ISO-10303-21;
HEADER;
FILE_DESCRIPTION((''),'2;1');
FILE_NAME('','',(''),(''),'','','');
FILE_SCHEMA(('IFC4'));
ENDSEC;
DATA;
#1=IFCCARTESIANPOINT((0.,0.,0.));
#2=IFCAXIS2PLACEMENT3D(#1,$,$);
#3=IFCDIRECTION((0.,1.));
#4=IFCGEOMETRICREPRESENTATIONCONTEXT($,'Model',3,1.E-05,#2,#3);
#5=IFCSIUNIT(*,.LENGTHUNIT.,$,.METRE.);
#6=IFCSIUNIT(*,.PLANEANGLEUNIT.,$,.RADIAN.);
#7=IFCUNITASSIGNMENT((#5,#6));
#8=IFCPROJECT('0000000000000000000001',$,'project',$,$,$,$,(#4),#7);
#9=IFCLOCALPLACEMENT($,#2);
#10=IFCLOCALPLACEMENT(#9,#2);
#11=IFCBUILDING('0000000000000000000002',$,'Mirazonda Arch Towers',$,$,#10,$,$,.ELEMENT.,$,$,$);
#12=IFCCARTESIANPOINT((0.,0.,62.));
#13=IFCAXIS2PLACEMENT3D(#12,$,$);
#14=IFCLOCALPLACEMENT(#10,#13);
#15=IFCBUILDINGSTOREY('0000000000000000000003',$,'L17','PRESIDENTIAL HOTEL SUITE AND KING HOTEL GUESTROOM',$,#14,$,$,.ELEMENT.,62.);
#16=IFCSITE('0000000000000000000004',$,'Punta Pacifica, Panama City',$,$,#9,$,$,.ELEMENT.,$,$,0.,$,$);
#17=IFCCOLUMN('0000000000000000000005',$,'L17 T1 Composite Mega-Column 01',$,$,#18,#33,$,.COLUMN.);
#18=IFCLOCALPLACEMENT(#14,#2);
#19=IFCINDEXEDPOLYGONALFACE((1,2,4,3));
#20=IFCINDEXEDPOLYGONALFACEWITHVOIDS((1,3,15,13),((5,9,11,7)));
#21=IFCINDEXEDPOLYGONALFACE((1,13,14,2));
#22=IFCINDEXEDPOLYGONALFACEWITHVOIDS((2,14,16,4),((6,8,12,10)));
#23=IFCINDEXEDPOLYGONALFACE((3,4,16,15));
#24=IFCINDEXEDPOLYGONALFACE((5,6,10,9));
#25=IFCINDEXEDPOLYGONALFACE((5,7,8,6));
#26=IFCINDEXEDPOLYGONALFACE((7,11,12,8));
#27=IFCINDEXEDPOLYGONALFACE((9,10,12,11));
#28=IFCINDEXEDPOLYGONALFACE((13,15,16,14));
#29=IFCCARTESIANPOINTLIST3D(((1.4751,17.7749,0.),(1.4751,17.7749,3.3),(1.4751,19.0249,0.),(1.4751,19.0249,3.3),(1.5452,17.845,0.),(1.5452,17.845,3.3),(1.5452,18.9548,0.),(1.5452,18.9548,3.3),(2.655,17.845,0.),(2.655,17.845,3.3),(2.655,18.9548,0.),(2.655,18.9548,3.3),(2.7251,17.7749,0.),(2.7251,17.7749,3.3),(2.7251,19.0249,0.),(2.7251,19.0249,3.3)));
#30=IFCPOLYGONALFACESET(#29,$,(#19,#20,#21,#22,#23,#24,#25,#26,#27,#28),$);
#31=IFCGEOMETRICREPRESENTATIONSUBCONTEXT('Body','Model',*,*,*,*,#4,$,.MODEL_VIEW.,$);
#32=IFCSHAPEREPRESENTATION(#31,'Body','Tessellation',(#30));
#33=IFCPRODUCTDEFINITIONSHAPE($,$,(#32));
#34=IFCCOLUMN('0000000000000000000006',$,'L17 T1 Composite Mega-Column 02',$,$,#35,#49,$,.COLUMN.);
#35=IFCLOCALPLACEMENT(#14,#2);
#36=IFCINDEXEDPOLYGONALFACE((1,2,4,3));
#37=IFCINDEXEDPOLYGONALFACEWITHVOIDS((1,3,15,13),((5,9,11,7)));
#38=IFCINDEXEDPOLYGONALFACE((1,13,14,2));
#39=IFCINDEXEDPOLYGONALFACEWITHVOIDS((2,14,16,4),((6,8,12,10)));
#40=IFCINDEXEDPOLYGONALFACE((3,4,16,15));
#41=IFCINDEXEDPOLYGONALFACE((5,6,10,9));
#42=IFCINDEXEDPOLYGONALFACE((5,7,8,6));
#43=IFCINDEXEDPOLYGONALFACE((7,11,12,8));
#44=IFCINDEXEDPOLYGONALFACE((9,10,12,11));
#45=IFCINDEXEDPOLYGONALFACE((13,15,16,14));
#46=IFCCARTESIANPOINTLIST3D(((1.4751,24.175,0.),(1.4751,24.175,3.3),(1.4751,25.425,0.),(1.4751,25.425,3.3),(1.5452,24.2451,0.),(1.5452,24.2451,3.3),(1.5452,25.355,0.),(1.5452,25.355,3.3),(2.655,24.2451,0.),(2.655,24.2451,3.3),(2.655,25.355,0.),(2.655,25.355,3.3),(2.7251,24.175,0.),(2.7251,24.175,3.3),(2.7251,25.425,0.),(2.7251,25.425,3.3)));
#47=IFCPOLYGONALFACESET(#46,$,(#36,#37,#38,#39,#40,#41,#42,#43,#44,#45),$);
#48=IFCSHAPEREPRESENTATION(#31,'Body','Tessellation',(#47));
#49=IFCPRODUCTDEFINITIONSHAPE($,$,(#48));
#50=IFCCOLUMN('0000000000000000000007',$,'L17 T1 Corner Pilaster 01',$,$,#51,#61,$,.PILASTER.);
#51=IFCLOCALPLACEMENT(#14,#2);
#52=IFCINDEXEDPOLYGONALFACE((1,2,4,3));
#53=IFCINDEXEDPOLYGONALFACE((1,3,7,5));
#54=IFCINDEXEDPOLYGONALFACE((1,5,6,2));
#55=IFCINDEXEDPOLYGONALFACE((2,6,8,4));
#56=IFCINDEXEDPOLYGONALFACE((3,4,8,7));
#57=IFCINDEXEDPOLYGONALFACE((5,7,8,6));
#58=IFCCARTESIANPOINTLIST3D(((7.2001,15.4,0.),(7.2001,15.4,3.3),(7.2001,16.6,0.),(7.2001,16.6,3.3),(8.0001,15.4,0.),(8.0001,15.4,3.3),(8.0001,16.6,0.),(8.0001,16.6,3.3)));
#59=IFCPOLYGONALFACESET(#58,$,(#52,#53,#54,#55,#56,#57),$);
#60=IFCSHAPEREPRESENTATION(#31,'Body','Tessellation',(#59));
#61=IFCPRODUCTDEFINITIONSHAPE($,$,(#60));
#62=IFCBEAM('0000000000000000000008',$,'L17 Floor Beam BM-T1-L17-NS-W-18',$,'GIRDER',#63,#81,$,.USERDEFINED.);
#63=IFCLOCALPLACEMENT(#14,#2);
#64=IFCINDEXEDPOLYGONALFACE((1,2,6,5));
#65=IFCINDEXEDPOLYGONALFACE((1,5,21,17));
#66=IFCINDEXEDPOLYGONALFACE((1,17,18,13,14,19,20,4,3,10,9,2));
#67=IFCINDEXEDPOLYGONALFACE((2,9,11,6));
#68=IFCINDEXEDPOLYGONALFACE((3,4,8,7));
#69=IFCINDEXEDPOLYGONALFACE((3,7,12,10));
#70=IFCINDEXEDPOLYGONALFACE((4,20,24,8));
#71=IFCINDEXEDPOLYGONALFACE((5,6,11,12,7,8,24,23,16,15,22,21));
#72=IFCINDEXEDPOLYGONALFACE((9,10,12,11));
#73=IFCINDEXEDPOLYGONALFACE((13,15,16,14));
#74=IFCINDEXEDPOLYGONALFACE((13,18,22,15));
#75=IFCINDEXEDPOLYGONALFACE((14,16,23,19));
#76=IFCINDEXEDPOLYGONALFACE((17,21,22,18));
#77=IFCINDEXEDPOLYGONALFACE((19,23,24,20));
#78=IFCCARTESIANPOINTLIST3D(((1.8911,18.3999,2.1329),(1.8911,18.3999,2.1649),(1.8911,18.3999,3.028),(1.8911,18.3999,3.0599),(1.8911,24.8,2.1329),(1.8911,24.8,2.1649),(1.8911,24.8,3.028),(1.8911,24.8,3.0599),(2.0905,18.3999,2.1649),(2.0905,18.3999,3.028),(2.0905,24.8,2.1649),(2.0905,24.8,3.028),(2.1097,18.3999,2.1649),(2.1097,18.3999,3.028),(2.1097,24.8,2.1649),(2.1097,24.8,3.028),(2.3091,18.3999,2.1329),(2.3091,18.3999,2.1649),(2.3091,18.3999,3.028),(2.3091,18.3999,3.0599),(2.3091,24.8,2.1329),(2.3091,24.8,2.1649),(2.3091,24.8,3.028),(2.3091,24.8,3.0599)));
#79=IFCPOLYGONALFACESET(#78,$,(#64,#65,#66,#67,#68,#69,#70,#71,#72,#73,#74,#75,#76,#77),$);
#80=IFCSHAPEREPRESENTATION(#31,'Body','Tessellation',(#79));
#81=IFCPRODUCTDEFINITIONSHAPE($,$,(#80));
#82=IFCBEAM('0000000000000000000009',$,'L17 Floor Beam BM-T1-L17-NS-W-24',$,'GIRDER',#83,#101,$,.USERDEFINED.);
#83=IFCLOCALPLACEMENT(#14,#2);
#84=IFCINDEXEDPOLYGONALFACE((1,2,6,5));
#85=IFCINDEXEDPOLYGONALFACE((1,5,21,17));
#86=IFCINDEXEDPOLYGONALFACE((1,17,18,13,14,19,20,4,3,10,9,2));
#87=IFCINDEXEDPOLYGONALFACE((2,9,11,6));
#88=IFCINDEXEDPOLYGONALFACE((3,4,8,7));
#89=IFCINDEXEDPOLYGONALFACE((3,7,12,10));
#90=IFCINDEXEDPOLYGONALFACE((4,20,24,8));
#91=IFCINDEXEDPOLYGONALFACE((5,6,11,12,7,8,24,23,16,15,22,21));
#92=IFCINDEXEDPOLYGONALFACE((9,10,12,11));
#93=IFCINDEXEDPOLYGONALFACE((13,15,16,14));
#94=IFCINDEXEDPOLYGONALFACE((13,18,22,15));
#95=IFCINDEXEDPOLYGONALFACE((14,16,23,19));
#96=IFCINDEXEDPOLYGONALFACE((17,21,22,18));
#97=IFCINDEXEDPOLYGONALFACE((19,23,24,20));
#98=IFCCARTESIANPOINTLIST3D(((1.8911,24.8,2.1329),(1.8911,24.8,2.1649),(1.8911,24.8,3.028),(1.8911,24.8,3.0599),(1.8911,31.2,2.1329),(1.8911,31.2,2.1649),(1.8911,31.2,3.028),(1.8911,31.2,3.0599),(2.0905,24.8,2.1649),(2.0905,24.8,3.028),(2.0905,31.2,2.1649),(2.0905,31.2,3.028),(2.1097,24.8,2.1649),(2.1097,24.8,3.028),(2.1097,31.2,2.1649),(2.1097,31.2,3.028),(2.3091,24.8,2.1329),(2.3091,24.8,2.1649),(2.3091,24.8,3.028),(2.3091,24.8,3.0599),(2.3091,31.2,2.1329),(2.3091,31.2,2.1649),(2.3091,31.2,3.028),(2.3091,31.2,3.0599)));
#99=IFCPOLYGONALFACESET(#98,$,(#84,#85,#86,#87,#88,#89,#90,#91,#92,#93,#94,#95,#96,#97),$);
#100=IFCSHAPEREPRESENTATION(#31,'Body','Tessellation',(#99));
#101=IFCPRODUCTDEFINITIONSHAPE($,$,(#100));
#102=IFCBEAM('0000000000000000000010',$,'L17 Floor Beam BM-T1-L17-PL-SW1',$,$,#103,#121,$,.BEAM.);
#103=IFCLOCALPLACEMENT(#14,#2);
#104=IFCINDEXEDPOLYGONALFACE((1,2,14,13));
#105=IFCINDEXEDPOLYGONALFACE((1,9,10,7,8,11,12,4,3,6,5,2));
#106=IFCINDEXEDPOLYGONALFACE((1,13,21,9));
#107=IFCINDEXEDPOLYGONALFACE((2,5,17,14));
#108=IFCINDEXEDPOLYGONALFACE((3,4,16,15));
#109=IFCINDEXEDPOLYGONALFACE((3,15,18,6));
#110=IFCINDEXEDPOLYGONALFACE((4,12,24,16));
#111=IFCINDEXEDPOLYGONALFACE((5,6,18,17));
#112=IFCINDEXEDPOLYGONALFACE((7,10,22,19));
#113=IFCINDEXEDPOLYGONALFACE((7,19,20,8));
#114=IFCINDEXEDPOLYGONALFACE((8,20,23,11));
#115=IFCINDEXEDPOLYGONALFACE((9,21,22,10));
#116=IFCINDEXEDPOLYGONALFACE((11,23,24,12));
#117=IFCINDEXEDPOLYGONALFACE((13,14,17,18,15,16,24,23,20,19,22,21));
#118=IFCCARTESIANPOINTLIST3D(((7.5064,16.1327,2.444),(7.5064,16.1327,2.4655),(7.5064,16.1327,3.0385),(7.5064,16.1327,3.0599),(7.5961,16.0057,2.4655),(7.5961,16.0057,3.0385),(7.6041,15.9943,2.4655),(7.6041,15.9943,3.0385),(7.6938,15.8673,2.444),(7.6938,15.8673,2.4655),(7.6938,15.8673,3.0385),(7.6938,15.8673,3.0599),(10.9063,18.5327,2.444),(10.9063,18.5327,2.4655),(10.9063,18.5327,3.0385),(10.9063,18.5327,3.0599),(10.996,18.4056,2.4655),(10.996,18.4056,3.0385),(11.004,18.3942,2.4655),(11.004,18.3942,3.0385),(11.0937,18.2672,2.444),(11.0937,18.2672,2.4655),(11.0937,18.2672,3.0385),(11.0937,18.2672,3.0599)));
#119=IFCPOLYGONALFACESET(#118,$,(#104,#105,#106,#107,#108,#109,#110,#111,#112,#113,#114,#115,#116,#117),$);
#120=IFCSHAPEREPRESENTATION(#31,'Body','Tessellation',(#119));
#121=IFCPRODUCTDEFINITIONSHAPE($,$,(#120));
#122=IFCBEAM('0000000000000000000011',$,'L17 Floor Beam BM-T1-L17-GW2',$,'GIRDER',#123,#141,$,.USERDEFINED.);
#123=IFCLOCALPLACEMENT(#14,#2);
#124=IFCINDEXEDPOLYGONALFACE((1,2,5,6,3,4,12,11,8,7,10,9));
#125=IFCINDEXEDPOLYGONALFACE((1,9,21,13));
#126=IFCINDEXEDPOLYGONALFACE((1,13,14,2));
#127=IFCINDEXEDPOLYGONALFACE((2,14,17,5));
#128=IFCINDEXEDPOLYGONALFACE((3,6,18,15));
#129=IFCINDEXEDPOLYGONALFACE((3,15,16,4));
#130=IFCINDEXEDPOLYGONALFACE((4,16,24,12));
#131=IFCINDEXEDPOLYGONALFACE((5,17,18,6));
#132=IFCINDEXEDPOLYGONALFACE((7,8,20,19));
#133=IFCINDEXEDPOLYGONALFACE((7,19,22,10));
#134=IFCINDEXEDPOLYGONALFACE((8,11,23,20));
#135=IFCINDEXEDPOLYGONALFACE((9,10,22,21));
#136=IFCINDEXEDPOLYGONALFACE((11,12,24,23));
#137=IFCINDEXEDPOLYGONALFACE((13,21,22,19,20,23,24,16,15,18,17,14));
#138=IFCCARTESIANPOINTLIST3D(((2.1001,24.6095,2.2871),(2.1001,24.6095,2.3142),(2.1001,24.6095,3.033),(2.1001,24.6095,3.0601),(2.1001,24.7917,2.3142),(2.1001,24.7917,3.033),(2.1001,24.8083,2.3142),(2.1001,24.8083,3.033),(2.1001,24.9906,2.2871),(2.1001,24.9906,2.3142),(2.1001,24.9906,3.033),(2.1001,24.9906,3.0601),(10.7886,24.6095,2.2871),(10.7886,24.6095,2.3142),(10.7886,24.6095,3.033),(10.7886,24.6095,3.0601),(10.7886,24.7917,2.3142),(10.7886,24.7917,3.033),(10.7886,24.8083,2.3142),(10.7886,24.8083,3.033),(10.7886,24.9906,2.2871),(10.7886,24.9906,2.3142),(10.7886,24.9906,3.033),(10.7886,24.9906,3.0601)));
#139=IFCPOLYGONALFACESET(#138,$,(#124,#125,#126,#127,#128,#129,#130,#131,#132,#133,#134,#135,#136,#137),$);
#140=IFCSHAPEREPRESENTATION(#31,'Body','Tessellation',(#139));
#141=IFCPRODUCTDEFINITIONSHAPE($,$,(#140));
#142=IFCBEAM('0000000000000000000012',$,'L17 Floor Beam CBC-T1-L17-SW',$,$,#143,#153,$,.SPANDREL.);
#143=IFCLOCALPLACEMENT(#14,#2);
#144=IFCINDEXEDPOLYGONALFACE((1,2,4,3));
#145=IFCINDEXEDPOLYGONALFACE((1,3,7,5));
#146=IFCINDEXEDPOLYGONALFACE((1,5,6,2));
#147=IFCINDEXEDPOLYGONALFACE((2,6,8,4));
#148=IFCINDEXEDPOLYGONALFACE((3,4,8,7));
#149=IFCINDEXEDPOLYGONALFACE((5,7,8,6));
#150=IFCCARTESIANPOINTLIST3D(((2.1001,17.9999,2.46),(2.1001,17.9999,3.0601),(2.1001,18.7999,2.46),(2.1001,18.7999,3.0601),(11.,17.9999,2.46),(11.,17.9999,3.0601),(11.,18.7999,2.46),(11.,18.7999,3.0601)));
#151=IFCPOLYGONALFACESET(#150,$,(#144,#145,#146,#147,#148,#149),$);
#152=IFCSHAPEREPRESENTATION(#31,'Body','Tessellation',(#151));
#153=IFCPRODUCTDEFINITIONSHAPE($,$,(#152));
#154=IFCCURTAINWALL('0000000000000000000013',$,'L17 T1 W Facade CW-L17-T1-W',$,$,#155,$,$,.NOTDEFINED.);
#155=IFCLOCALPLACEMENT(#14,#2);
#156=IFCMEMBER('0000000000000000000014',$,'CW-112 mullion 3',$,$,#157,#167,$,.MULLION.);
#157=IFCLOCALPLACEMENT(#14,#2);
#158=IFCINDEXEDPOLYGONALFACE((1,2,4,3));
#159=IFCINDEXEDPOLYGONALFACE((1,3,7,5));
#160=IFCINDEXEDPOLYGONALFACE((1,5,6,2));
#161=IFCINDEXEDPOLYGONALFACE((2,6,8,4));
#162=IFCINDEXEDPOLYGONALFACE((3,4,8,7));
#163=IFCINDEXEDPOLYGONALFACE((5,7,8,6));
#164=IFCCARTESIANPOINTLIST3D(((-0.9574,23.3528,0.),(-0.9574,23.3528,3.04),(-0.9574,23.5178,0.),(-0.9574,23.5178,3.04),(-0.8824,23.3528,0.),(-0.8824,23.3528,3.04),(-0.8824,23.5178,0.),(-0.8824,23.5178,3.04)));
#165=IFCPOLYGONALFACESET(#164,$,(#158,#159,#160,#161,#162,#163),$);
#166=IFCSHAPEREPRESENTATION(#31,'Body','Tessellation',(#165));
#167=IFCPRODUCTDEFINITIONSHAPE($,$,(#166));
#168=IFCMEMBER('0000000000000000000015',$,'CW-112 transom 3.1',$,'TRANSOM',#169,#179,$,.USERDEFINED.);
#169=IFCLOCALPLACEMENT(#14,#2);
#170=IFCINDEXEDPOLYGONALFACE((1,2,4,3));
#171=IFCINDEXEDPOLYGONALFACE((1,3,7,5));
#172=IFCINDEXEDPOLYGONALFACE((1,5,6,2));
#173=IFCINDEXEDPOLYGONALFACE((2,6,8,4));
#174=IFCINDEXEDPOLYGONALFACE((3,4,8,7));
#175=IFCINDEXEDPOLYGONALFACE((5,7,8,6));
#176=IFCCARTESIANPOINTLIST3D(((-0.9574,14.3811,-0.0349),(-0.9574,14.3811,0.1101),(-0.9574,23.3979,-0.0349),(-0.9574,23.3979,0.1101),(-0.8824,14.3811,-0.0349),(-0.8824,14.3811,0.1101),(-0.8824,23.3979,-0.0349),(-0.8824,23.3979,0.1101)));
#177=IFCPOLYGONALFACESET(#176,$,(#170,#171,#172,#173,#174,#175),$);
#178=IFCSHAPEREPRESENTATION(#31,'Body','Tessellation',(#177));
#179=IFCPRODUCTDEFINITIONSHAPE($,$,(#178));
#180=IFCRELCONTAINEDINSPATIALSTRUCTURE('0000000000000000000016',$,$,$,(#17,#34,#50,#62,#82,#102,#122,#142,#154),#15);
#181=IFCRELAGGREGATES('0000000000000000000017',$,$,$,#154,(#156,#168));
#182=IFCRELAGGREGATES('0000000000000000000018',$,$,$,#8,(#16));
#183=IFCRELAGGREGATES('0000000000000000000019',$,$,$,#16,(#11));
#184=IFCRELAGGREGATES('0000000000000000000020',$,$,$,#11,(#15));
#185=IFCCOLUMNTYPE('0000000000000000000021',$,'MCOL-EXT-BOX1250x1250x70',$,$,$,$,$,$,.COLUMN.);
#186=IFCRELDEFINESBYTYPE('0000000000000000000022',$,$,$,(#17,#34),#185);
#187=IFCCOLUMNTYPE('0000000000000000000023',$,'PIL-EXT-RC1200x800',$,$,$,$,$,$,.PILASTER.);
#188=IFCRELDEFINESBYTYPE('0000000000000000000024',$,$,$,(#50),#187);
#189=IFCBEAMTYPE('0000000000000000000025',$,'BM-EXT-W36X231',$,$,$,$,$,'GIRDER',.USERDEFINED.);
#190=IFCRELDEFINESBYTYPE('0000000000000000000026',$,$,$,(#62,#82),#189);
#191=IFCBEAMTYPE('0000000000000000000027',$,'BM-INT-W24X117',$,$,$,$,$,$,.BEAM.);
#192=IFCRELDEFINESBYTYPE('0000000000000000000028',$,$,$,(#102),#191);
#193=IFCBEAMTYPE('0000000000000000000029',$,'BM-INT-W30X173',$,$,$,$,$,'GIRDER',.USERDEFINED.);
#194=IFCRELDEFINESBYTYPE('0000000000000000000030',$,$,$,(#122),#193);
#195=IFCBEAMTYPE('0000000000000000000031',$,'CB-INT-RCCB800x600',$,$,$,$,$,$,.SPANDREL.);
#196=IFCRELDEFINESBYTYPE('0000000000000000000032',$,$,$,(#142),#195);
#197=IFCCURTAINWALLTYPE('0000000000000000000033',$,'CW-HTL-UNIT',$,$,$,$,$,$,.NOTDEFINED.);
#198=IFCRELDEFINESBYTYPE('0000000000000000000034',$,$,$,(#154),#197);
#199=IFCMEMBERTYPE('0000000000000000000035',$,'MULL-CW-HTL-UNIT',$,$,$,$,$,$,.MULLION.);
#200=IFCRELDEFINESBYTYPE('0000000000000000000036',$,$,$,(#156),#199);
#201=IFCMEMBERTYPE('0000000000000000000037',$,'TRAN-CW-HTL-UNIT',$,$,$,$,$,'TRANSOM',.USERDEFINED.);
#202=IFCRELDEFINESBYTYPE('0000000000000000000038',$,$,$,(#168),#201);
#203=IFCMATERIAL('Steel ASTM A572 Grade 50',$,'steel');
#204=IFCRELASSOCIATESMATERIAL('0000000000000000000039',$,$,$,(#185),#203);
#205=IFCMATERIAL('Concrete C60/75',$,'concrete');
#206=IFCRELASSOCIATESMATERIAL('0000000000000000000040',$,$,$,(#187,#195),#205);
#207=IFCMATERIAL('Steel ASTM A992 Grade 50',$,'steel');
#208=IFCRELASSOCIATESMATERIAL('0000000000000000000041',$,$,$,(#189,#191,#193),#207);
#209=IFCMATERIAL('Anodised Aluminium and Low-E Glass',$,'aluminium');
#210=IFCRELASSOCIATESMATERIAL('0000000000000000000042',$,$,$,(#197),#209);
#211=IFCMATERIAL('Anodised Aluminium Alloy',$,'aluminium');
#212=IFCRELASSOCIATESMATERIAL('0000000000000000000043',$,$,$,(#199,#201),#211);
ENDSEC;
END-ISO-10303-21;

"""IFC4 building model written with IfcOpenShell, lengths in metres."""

from ifc_helpers import new_model, si_unit, direction, frame, origin, origin_2d, place, context, subcontext, project, spatial, rectangle, hollow_rectangle, i_section, extrude, material, material_profile, profile_set, type_object, element, aggregate, save


model = new_model("IFC4")

# Units and contexts
model_context = context("Model", 3, precision=1e-05, world=origin(), true_north=direction((0.0, 1.0)))
body_context = subcontext(model_context, "Body", "Model", "MODEL_VIEW")
ifc_project = project(units=[si_unit("LENGTHUNIT", "METRE"), si_unit("PLANEANGLEUNIT", "RADIAN")], contexts=[model_context])

# Site, building, storey
site_placement = place(None, origin())
site = spatial("IfcSite", under=ifc_project, at=site_placement, Name="Punta Pacifica, Panama City", CompositionType="ELEMENT", RefElevation=0.0)
building_placement = place(site_placement, origin())
building = spatial("IfcBuilding", under=site, at=building_placement, Name="Mirazonda Arch Towers", CompositionType="ELEMENT")
storey_placement = place(building_placement, frame((0.0, 0.0, 62.0)))
storey = spatial("IfcBuildingStorey", under=building, at=storey_placement, Name="L17", Description="PRESIDENTIAL HOTEL SUITE AND KING HOTEL GUESTROOM", CompositionType="ELEMENT", Elevation=62.0)

# Columns
ifc_material_1 = material(Name="Steel ASTM A572 Grade 50", Category="steel")
ifc_material_profile_1 = material_profile(ifc_material_1, hollow_rectangle(XDim=1.25, YDim=1.25, WallThickness=0.0701, at=origin_2d()), Name="BOX1250x1250x70")
ifc_profile_set_1 = profile_set([ifc_material_profile_1], Name="Steel ASTM A572 Grade 50")
column_type_1 = type_object("IfcColumnType", Name="MCOL-EXT-BOX1250x1250x70", PredefinedType="COLUMN", material=ifc_profile_set_1)
for number, where, z_axis, x_axis, name in (
    (1, (2.1001, 18.3999, 0.0), (0.0, 0.0, 1.0), (1.0, 0.0, 0.0), "L17 T1 Composite Mega-Column 01"),
    (2, (2.1001, 24.8, 0.0), (0.0, 0.0, 1.0), (1.0, 0.0, 0.0), "L17 T1 Composite Mega-Column 02"),
):
    element("IfcColumn", number, at=place(storey_placement, frame(where, z_axis=z_axis, x_axis=x_axis)), inside=storey, type_object=column_type_1, Name=name, PredefinedType="COLUMN", context=body_context, shape_type="SweptSolid", body=[
        extrude(hollow_rectangle(XDim=1.25, YDim=1.25, WallThickness=0.0701, at=origin_2d()), origin(), (0.0, 0.0, 1.0), 3.3),
    ])
ifc_material_2 = material(Name="Concrete C60/75", Category="concrete")
ifc_material_profile_2 = material_profile(ifc_material_2, rectangle(XDim=0.8, YDim=1.2, at=origin_2d()), Name="RC1200x800")
ifc_profile_set_2 = profile_set([ifc_material_profile_2], Name="Concrete C60/75")
column_type_2 = type_object("IfcColumnType", Name="PIL-EXT-RC1200x800", PredefinedType="PILASTER", material=ifc_profile_set_2)
column_placement = place(storey_placement, frame((7.6001, 16.0, 0.0), z_axis=(0.0, 0.0, 1.0), x_axis=(1.0, 0.0, 0.0)))
element("IfcColumn", 3, at=column_placement, inside=storey, type_object=column_type_2, Name="L17 T1 Corner Pilaster 01", PredefinedType="PILASTER", context=body_context, shape_type="SweptSolid", body=[
    extrude(rectangle(XDim=0.8, YDim=1.2, at=origin_2d()), origin(), (0.0, 0.0, 1.0), 3.3),
])

# Beams
ifc_material_3 = material(Name="Steel ASTM A992 Grade 50", Category="steel")
ifc_material_profile_3 = material_profile(ifc_material_3, i_section(OverallWidth=0.418, OverallDepth=0.927, WebThickness=0.0193, FlangeThickness=0.032, at=origin_2d()), Name="W36X231")
ifc_profile_set_3 = profile_set([ifc_material_profile_3], Name="Steel ASTM A992 Grade 50")
beam_type_1 = type_object("IfcBeamType", Name="BM-EXT-W36X231", ElementType="GIRDER", PredefinedType="USERDEFINED", material=ifc_profile_set_3)
beam_1_placement = place(storey_placement, frame((2.1001, 18.3999, 2.5964), z_axis=(0.0, 1.0, 0.0), x_axis=(-1.0, 0.0, 0.0)))
element("IfcBeam", 4, at=beam_1_placement, inside=storey, type_object=beam_type_1, Name="L17 Floor Beam BM-T1-L17-NS-W-18", ObjectType="GIRDER", PredefinedType="USERDEFINED", context=body_context, shape_type="SweptSolid", body=[
    extrude(i_section(OverallWidth=0.418, OverallDepth=0.927, WebThickness=0.0193, FlangeThickness=0.032, at=origin_2d()), origin(), (0.0, 0.0, 1.0), 6.4001),
])
beam_2_placement = place(storey_placement, frame((2.1001, 24.8, 2.5964), z_axis=(0.0, 1.0, 0.0), x_axis=(-1.0, 0.0, 0.0)))
element("IfcBeam", 5, at=beam_2_placement, inside=storey, type_object=beam_type_1, Name="L17 Floor Beam BM-T1-L17-NS-W-24", ObjectType="GIRDER", PredefinedType="USERDEFINED", context=body_context, shape_type="SweptSolid", body=[
    extrude(i_section(OverallWidth=0.418, OverallDepth=0.927, WebThickness=0.0193, FlangeThickness=0.032, at=origin_2d()), origin(), (0.0, 0.0, 1.0), 6.3999),
])
ifc_material_profile_4 = material_profile(ifc_material_3, i_section(OverallWidth=0.325, OverallDepth=0.616, WebThickness=0.0139, FlangeThickness=0.0215, at=origin_2d()), Name="W24X117")
ifc_profile_set_4 = profile_set([ifc_material_profile_4], Name="Steel ASTM A992 Grade 50")
beam_type_2 = type_object("IfcBeamType", Name="BM-INT-W24X117", PredefinedType="BEAM", material=ifc_profile_set_4)
beam_3_placement = place(storey_placement, frame((7.6001, 16.0, 2.752), z_axis=(0.816971, 0.576679, 0.0), x_axis=(-0.576679, 0.816971, 0.0)))
element("IfcBeam", 6, at=beam_3_placement, inside=storey, type_object=beam_type_2, Name="L17 Floor Beam BM-T1-L17-PL-SW1", PredefinedType="BEAM", context=body_context, shape_type="SweptSolid", body=[
    extrude(i_section(OverallWidth=0.325, OverallDepth=0.616, WebThickness=0.0139, FlangeThickness=0.0215, at=origin_2d()), origin(), (0.0, 0.0, 1.0), 4.1616),
])
ifc_material_profile_5 = material_profile(ifc_material_3, i_section(OverallWidth=0.3811, OverallDepth=0.7729, WebThickness=0.0166, FlangeThickness=0.0271, at=origin_2d()), Name="W30X173")
ifc_profile_set_5 = profile_set([ifc_material_profile_5], Name="Steel ASTM A992 Grade 50")
beam_type_3 = type_object("IfcBeamType", Name="BM-INT-W30X173", ElementType="GIRDER", PredefinedType="USERDEFINED", material=ifc_profile_set_5)
beam_4_placement = place(storey_placement, frame((2.1001, 24.8, 2.6736), z_axis=(1.0, 0.0, 0.0), x_axis=(0.0, 1.0, 0.0)))
element("IfcBeam", 7, at=beam_4_placement, inside=storey, type_object=beam_type_3, Name="L17 Floor Beam BM-T1-L17-GW2", ObjectType="GIRDER", PredefinedType="USERDEFINED", context=body_context, shape_type="SweptSolid", body=[
    extrude(i_section(OverallWidth=0.3811, OverallDepth=0.7729, WebThickness=0.0166, FlangeThickness=0.0271, at=origin_2d()), origin(), (0.0, 0.0, 1.0), 8.6885),
])
ifc_material_profile_6 = material_profile(ifc_material_2, rectangle(XDim=0.8, YDim=0.6001, at=origin_2d()), Name="RCCB800x600")
ifc_profile_set_6 = profile_set([ifc_material_profile_6], Name="Concrete C60/75")
beam_type_4 = type_object("IfcBeamType", Name="CB-INT-RCCB800x600", PredefinedType="SPANDREL", material=ifc_profile_set_6)
beam_5_placement = place(storey_placement, frame((2.1001, 18.3999, 2.76), z_axis=(1.0, 0.0, 0.0), x_axis=(0.0, 1.0, 0.0)))
element("IfcBeam", 8, at=beam_5_placement, inside=storey, type_object=beam_type_4, Name="L17 Floor Beam CBC-T1-L17-SW", PredefinedType="SPANDREL", context=body_context, shape_type="SweptSolid", body=[
    extrude(rectangle(XDim=0.8, YDim=0.6001, at=origin_2d()), origin(), (0.0, 0.0, 1.0), 8.8999),
])

# Curtain wall, members
ifc_material_4 = material(Name="Anodised Aluminium and Low-E Glass", Category="aluminium")
curtain_wall_type = type_object("IfcCurtainWallType", Name="CW-HTL-UNIT", PredefinedType="NOTDEFINED", material=ifc_material_4)
curtain_wall_placement = place(storey_placement, origin())
curtain_wall = element("IfcCurtainWall", 9, at=curtain_wall_placement, inside=storey, type_object=curtain_wall_type, Name="L17 T1 W Facade CW-L17-T1-W", PredefinedType="NOTDEFINED")
ifc_material_5 = material(Name="Anodised Aluminium Alloy", Category="aluminium")
ifc_material_profile_7 = material_profile(ifc_material_5, rectangle(XDim=0.075, YDim=0.165, at=origin_2d()), Name="ALU-MULL-75x165")
ifc_profile_set_7 = profile_set([ifc_material_profile_7], Name="Anodised Aluminium Alloy")
member_type_1 = type_object("IfcMemberType", Name="MULL-CW-HTL-UNIT", PredefinedType="MULLION", material=ifc_profile_set_7)
member_1_placement = place(storey_placement, frame((-0.9199, 23.4353, 0.0), z_axis=(0.0, 0.0, 1.0), x_axis=(1.0, 0.0, 0.0)))
member_1 = element("IfcMember", 10, at=member_1_placement, type_object=member_type_1, Name="CW-112 mullion 3", PredefinedType="MULLION", context=body_context, shape_type="SweptSolid", body=[
    extrude(rectangle(XDim=0.075, YDim=0.165, at=origin_2d()), origin(), (0.0, 0.0, 1.0), 3.04),
])
ifc_material_profile_8 = material_profile(ifc_material_5, rectangle(XDim=0.075, YDim=0.145, at=origin_2d()), Name="ALU-TRAN-75x145")
ifc_profile_set_8 = profile_set([ifc_material_profile_8], Name="Anodised Aluminium Alloy")
member_type_2 = type_object("IfcMemberType", Name="TRAN-CW-HTL-UNIT", ElementType="TRANSOM", PredefinedType="USERDEFINED", material=ifc_profile_set_8)
member_2_placement = place(storey_placement, frame((-0.9199, 23.3979, 0.0376), z_axis=(0.0, -1.0, 0.0), x_axis=(1.0, 0.0, 0.0)))
member_2 = element("IfcMember", 11, at=member_2_placement, type_object=member_type_2, Name="CW-112 transom 3.1", ObjectType="TRANSOM", PredefinedType="USERDEFINED", context=body_context, shape_type="SweptSolid", body=[
    extrude(rectangle(XDim=0.075, YDim=0.145, at=origin_2d()), origin(), (0.0, 0.0, 1.0), 9.0168),
])
aggregate(curtain_wall, [member_1, member_2])

save(model, "model.ifc")
